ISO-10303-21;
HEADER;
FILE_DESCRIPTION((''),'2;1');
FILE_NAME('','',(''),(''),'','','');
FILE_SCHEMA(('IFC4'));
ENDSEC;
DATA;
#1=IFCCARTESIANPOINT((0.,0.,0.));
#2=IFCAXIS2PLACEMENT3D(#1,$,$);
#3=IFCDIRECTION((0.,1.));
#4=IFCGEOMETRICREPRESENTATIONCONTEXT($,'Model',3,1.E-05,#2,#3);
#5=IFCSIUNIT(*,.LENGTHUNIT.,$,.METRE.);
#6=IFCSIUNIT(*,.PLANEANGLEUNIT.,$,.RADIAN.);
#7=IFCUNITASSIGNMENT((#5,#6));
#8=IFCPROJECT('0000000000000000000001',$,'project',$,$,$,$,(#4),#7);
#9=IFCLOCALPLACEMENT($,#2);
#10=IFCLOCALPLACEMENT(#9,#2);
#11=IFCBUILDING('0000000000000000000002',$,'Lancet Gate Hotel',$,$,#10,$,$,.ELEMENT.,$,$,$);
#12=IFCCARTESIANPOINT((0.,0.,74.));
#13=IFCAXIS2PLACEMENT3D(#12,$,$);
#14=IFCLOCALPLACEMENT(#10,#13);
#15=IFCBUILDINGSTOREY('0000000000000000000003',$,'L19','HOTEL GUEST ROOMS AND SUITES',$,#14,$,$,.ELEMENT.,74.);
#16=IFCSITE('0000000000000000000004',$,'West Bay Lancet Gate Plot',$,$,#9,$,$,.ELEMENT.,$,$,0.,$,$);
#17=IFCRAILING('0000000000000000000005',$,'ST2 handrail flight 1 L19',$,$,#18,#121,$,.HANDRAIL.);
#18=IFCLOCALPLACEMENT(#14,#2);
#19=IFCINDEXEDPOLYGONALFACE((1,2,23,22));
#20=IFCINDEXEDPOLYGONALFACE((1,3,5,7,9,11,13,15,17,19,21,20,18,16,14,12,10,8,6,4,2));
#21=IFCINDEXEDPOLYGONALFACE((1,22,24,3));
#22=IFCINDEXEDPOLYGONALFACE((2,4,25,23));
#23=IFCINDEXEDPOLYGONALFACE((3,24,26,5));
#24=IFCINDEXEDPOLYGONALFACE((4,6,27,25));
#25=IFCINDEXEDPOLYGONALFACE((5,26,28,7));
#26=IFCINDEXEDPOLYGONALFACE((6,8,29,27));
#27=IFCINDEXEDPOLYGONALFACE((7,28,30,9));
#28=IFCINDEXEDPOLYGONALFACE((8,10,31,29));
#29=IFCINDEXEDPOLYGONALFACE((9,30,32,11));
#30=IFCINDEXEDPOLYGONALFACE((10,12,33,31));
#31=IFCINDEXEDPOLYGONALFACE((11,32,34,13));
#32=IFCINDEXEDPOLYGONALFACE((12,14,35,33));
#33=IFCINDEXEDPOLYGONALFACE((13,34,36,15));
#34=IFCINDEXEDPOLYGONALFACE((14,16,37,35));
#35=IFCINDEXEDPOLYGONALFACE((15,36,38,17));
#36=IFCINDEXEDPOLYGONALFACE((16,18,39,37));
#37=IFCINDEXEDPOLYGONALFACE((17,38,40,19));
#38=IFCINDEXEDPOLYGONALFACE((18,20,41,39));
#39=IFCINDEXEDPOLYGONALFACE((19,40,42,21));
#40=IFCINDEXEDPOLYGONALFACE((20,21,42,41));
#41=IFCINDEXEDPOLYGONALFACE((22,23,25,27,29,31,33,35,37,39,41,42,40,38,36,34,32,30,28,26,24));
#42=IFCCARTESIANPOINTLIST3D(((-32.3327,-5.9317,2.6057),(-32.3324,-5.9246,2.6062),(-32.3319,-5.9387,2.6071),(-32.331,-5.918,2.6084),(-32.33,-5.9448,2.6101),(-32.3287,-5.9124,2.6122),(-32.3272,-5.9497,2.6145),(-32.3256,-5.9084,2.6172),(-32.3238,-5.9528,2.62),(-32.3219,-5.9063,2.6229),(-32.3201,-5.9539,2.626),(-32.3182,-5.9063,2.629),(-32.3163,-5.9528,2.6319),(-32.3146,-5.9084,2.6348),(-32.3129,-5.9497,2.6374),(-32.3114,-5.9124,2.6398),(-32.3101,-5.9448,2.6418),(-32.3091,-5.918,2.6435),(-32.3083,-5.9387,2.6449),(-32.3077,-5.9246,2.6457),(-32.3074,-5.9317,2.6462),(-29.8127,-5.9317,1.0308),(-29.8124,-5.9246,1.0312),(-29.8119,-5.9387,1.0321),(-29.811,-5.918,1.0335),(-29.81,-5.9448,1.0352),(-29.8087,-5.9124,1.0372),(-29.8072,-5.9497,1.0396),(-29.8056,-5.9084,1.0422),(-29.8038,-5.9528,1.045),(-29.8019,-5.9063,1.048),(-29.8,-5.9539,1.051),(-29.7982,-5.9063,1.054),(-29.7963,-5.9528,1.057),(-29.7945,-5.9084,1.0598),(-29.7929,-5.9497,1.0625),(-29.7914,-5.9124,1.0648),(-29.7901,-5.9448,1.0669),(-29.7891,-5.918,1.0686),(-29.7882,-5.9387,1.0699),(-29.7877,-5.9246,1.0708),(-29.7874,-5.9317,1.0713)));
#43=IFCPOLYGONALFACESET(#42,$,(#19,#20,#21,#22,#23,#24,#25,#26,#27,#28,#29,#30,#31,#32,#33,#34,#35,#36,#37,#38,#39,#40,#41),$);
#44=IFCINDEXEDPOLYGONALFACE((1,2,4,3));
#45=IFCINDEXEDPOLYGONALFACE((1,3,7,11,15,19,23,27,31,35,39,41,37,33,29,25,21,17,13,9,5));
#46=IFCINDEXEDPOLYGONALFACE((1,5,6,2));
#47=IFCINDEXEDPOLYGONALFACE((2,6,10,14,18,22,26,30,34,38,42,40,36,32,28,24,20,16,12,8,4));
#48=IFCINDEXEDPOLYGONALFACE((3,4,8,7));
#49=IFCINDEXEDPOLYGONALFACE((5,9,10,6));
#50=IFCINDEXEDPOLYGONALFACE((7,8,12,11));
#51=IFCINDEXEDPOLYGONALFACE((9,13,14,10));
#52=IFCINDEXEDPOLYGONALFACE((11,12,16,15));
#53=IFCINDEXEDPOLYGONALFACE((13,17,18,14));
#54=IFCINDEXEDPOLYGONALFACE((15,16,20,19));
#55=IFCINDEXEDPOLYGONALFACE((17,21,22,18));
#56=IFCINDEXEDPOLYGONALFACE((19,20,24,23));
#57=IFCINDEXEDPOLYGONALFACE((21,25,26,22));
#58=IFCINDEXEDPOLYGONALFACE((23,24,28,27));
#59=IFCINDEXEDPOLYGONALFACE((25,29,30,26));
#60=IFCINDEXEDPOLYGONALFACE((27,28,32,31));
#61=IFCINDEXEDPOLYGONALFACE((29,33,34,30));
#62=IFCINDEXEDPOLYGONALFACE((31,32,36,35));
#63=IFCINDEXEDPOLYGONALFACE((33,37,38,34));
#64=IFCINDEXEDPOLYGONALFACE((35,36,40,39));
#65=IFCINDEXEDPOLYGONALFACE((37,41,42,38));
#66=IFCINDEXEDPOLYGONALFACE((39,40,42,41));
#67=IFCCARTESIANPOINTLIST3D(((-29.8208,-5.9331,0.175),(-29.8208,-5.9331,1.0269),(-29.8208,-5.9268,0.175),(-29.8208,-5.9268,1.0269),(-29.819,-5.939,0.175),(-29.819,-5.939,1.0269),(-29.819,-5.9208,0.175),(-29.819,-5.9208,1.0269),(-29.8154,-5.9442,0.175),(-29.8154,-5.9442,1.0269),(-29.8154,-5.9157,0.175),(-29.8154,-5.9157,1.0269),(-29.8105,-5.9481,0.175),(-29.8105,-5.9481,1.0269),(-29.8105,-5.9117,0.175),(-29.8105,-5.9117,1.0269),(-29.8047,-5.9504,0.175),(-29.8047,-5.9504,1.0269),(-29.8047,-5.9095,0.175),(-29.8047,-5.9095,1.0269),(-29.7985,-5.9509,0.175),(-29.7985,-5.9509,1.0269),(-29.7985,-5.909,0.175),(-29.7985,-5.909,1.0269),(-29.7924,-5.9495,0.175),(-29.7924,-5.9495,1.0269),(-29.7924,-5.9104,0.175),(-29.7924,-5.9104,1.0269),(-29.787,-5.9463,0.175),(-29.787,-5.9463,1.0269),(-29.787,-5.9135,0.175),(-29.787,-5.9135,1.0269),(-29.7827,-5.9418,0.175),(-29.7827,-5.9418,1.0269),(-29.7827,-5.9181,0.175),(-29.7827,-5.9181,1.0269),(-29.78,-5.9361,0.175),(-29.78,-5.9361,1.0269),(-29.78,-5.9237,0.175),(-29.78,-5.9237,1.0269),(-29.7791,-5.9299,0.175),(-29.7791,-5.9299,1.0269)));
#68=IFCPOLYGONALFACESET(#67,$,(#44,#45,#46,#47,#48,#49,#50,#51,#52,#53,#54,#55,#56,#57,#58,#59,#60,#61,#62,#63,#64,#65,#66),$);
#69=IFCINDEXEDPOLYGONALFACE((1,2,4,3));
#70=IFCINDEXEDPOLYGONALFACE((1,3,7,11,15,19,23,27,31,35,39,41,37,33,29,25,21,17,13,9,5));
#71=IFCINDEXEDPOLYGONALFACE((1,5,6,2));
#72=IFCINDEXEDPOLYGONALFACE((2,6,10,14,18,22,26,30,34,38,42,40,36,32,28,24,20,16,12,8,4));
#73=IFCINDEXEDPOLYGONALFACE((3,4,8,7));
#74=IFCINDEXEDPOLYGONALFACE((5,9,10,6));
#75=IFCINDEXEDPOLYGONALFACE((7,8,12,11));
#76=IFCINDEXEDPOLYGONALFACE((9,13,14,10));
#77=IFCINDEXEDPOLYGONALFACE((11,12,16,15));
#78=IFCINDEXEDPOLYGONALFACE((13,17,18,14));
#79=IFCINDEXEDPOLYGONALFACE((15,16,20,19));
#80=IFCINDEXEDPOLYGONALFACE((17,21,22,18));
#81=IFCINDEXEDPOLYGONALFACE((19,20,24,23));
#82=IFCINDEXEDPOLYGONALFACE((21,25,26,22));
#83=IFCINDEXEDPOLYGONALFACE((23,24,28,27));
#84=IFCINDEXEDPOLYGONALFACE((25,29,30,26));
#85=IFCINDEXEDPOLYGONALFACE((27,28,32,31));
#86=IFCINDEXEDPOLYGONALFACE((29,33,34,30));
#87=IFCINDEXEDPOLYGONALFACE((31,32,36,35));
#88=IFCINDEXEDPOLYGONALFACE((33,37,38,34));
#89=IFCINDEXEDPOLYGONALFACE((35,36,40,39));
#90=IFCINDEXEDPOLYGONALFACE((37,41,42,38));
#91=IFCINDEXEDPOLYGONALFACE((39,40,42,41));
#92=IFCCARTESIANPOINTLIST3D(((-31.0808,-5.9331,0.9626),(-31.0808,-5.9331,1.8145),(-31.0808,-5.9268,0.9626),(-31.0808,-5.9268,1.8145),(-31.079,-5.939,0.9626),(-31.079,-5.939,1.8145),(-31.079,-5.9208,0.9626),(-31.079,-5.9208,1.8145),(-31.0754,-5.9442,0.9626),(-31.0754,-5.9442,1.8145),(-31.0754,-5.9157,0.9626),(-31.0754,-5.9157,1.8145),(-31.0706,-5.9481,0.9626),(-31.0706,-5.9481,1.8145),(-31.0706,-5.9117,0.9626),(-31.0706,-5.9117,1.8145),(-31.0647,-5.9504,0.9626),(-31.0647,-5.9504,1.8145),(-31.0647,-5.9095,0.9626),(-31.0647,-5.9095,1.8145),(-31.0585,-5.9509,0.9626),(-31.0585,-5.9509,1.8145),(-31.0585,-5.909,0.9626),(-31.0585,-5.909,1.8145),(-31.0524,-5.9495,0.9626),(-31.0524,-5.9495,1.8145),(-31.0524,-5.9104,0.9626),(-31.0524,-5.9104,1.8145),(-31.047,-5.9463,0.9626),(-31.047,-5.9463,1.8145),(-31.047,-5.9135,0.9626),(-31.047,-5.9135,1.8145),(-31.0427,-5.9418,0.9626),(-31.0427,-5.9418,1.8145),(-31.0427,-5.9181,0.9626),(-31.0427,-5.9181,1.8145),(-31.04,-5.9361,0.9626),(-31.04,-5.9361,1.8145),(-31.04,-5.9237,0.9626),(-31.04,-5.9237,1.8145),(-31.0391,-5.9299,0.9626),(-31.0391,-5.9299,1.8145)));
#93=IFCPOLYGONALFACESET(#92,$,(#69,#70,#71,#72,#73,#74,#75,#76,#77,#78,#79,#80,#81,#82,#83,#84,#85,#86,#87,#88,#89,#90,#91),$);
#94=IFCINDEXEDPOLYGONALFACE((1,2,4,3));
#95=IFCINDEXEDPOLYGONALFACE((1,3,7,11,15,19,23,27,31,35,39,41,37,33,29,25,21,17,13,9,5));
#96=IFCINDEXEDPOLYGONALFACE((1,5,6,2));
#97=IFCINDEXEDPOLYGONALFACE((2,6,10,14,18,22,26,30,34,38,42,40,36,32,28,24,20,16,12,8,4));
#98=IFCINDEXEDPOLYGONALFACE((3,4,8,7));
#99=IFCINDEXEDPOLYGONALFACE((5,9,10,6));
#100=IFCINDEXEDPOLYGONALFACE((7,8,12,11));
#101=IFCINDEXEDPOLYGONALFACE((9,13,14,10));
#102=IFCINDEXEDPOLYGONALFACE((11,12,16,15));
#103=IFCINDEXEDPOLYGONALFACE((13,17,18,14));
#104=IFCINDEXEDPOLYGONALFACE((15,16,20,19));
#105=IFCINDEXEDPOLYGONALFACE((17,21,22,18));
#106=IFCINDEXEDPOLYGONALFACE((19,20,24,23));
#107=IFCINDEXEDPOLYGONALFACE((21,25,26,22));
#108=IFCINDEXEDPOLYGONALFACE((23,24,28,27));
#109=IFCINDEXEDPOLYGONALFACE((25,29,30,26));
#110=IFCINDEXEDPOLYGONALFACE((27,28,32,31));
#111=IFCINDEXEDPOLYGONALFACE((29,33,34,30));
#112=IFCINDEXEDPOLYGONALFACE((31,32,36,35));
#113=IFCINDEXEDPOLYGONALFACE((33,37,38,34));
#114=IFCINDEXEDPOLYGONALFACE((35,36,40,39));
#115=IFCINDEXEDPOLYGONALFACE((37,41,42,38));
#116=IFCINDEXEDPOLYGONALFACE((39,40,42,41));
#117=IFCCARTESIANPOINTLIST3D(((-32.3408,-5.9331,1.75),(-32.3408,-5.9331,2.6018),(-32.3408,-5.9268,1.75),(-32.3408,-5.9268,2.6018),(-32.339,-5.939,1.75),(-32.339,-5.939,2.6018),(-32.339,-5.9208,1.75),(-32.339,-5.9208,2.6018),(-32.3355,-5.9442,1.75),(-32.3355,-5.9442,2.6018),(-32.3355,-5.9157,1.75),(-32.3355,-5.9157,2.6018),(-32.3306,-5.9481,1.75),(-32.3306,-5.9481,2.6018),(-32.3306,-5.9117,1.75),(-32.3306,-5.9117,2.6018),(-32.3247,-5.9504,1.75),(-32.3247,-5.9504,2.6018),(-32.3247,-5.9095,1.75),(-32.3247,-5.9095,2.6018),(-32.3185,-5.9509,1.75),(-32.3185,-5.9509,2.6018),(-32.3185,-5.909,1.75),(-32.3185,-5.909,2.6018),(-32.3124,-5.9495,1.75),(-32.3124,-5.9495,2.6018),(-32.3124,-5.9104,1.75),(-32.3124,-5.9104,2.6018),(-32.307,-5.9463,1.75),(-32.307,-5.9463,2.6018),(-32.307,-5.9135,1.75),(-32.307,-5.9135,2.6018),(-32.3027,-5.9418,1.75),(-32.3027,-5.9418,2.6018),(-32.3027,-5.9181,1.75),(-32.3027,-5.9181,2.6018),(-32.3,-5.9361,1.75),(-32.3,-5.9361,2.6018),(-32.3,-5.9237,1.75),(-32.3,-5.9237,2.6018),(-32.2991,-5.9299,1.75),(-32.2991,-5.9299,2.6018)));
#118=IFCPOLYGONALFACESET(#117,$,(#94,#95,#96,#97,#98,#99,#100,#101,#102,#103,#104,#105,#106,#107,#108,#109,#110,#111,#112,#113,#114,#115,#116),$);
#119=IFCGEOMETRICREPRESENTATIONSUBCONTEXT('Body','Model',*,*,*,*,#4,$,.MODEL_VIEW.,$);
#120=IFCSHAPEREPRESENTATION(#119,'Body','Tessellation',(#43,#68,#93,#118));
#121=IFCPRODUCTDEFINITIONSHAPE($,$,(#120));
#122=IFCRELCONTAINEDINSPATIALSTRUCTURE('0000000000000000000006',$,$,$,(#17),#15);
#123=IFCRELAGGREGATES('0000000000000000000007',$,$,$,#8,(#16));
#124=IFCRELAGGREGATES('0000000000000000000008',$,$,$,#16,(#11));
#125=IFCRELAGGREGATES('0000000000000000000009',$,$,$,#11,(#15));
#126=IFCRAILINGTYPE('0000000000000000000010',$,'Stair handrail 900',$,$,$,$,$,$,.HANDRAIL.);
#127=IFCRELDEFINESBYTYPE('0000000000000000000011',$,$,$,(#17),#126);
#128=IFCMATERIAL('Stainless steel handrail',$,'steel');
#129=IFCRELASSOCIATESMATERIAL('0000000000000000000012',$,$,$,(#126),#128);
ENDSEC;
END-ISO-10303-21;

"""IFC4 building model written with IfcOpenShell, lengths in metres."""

from ifc_helpers import new_model, si_unit, direction, frame, origin, origin_2d, place, context, subcontext, project, spatial, circle, extrude, material, type_object, element, save


model = new_model("IFC4")

# Units and contexts
model_context = context("Model", 3, precision=1e-05, world=origin(), true_north=direction((0.0, 1.0)))
body_context = subcontext(model_context, "Body", "Model", "MODEL_VIEW")
ifc_project = project(units=[si_unit("LENGTHUNIT", "METRE"), si_unit("PLANEANGLEUNIT", "RADIAN")], contexts=[model_context])

# Site, building, storey
site_placement = place(None, origin())
site = spatial("IfcSite", under=ifc_project, at=site_placement, Name="West Bay Lancet Gate Plot", CompositionType="ELEMENT", RefElevation=0.0)
building_placement = place(site_placement, origin())
building = spatial("IfcBuilding", under=site, at=building_placement, Name="Lancet Gate Hotel", CompositionType="ELEMENT")
storey_placement = place(building_placement, frame((0.0, 0.0, 74.0)))
storey = spatial("IfcBuildingStorey", under=building, at=storey_placement, Name="L19", Description="HOTEL GUEST ROOMS AND SUITES", CompositionType="ELEMENT", Elevation=74.0)

# Railing
ifc_material_1 = material(Name="Stainless steel handrail", Category="steel")
railing_type = type_object("IfcRailingType", Name="Stair handrail 900", PredefinedType="HANDRAIL", material=ifc_material_1)
railing_1_placement = place(storey_placement, frame((-29.8, -5.9299, 0.175)))
element("IfcRailing", 1, at=railing_1_placement, inside=storey, type_object=railing_type, Name="ST2 handrail flight 1 L19", PredefinedType="HANDRAIL", context=body_context, shape_type="SweptSolid", body=[
    extrude(circle(Radius=0.0239, at=origin_2d()), frame((0.0, 0.0, 0.876), z_axis=(-0.848008, 0.0, 0.529984), x_axis=(0.0, -1.0, 0.0)), (0.0, 0.0, 1.0), 2.9717),
    extrude(circle(Radius=0.021, at=origin_2d()), origin(), (0.0, 0.0, 1.0), 0.8518),
    extrude(circle(Radius=0.021, at=origin_2d()), frame((-1.26, 0.0, 0.7876)), (0.0, 0.0, 1.0), 0.8518),
    extrude(circle(Radius=0.021, at=origin_2d()), frame((-2.52, 0.0, 1.575)), (0.0, 0.0, 1.0), 0.8518),
])

save(model, "model.ifc")
